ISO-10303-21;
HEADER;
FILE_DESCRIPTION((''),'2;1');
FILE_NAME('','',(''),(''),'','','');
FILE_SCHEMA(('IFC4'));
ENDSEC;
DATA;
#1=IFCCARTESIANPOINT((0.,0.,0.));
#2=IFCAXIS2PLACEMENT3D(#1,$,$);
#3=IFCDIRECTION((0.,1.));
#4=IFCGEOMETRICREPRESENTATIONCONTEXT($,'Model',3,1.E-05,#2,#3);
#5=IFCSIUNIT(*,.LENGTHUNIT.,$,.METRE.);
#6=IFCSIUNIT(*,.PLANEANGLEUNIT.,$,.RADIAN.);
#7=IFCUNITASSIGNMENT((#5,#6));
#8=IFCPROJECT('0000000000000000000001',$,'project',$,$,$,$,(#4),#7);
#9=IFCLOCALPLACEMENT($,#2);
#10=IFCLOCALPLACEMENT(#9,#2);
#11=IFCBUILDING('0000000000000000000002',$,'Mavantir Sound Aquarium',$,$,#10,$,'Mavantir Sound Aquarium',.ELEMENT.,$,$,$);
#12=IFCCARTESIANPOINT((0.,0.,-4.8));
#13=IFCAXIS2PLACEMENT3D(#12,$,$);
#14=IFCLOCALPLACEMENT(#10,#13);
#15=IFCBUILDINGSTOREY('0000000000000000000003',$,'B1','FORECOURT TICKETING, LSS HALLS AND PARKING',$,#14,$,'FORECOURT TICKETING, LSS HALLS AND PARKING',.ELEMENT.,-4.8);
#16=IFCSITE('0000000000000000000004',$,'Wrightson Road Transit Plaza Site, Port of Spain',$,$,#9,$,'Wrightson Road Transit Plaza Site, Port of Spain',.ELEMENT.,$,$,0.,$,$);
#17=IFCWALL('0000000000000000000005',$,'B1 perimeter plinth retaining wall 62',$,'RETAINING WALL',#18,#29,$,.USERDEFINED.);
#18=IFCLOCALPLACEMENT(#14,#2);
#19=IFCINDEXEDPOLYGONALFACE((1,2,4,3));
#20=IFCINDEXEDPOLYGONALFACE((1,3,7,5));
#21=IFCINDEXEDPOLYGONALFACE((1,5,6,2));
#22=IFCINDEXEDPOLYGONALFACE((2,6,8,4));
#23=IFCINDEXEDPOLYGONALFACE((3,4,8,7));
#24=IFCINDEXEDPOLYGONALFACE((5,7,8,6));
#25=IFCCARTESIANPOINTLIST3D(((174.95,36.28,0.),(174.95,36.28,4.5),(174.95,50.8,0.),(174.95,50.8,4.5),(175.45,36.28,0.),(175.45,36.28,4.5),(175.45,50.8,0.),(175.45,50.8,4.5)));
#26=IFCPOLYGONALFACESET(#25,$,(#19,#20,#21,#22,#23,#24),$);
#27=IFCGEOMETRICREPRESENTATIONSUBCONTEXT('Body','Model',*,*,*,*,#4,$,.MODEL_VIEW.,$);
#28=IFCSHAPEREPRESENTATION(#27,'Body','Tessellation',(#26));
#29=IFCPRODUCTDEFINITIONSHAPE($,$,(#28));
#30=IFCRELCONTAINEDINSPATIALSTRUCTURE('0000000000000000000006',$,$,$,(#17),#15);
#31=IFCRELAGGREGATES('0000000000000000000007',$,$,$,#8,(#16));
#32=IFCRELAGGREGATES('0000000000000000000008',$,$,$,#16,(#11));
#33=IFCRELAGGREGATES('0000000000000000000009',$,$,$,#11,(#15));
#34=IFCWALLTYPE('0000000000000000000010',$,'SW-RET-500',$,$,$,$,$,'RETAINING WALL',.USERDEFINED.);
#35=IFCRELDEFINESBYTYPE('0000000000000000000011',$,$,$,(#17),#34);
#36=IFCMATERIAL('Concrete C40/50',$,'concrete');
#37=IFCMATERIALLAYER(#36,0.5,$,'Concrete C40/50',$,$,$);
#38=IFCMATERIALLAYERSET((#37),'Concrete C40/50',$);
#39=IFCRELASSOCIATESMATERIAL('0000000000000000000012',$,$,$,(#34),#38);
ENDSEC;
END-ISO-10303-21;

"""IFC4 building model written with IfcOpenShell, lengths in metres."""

from ifc_helpers import new_model, si_unit, direction, frame, frame_2d, origin, place, context, subcontext, project, spatial, rectangle, extrude, material, layer, layer_set, type_object, element, save


model = new_model("IFC4")

# Units and contexts
model_context = context("Model", 3, precision=1e-05, world=origin(), true_north=direction((0.0, 1.0)))
body_context = subcontext(model_context, "Body", "Model", "MODEL_VIEW")
ifc_project = project(units=[si_unit("LENGTHUNIT", "METRE"), si_unit("PLANEANGLEUNIT", "RADIAN")], contexts=[model_context])

# Site, building, storey
site_placement = place(None, origin())
site = spatial("IfcSite", under=ifc_project, at=site_placement, Name="Wrightson Road Transit Plaza Site, Port of Spain", LongName="Wrightson Road Transit Plaza Site, Port of Spain", CompositionType="ELEMENT", RefElevation=0.0)
building_placement = place(site_placement, origin())
building = spatial("IfcBuilding", under=site, at=building_placement, Name="Mavantir Sound Aquarium", LongName="Mavantir Sound Aquarium", CompositionType="ELEMENT")
storey_placement = place(building_placement, frame((0.0, 0.0, -4.8)))
storey = spatial("IfcBuildingStorey", under=building, at=storey_placement, Name="B1", Description="FORECOURT TICKETING, LSS HALLS AND PARKING", LongName="FORECOURT TICKETING, LSS HALLS AND PARKING", CompositionType="ELEMENT", Elevation=-4.8)

# Shared definitions
ifc_material_1 = material(Name="Concrete C40/50", Category="concrete")

# Wall
ifc_layer = layer(ifc_material_1, 0.5, Name="Concrete C40/50")
ifc_layer_set = layer_set([ifc_layer], Name="Concrete C40/50")
wall_type = type_object("IfcWallType", Name="SW-RET-500", ElementType="RETAINING WALL", PredefinedType="USERDEFINED", material=ifc_layer_set)
wall_placement = place(storey_placement, frame((175.2, 50.8, 0.0), z_axis=(0.0, 0.0, 1.0), x_axis=(0.0, -1.0, 0.0)))
element("IfcWall", 1, at=wall_placement, inside=storey, type_object=wall_type, Name="B1 perimeter plinth retaining wall 62", ObjectType="RETAINING WALL", PredefinedType="USERDEFINED", context=body_context, shape_type="SweptSolid", body=[
    extrude(rectangle(XDim=14.52, YDim=0.5, at=frame_2d((7.26, 0.0))), origin(), (0.0, 0.0, 1.0), 4.5),
])

save(model, "model.ifc")
